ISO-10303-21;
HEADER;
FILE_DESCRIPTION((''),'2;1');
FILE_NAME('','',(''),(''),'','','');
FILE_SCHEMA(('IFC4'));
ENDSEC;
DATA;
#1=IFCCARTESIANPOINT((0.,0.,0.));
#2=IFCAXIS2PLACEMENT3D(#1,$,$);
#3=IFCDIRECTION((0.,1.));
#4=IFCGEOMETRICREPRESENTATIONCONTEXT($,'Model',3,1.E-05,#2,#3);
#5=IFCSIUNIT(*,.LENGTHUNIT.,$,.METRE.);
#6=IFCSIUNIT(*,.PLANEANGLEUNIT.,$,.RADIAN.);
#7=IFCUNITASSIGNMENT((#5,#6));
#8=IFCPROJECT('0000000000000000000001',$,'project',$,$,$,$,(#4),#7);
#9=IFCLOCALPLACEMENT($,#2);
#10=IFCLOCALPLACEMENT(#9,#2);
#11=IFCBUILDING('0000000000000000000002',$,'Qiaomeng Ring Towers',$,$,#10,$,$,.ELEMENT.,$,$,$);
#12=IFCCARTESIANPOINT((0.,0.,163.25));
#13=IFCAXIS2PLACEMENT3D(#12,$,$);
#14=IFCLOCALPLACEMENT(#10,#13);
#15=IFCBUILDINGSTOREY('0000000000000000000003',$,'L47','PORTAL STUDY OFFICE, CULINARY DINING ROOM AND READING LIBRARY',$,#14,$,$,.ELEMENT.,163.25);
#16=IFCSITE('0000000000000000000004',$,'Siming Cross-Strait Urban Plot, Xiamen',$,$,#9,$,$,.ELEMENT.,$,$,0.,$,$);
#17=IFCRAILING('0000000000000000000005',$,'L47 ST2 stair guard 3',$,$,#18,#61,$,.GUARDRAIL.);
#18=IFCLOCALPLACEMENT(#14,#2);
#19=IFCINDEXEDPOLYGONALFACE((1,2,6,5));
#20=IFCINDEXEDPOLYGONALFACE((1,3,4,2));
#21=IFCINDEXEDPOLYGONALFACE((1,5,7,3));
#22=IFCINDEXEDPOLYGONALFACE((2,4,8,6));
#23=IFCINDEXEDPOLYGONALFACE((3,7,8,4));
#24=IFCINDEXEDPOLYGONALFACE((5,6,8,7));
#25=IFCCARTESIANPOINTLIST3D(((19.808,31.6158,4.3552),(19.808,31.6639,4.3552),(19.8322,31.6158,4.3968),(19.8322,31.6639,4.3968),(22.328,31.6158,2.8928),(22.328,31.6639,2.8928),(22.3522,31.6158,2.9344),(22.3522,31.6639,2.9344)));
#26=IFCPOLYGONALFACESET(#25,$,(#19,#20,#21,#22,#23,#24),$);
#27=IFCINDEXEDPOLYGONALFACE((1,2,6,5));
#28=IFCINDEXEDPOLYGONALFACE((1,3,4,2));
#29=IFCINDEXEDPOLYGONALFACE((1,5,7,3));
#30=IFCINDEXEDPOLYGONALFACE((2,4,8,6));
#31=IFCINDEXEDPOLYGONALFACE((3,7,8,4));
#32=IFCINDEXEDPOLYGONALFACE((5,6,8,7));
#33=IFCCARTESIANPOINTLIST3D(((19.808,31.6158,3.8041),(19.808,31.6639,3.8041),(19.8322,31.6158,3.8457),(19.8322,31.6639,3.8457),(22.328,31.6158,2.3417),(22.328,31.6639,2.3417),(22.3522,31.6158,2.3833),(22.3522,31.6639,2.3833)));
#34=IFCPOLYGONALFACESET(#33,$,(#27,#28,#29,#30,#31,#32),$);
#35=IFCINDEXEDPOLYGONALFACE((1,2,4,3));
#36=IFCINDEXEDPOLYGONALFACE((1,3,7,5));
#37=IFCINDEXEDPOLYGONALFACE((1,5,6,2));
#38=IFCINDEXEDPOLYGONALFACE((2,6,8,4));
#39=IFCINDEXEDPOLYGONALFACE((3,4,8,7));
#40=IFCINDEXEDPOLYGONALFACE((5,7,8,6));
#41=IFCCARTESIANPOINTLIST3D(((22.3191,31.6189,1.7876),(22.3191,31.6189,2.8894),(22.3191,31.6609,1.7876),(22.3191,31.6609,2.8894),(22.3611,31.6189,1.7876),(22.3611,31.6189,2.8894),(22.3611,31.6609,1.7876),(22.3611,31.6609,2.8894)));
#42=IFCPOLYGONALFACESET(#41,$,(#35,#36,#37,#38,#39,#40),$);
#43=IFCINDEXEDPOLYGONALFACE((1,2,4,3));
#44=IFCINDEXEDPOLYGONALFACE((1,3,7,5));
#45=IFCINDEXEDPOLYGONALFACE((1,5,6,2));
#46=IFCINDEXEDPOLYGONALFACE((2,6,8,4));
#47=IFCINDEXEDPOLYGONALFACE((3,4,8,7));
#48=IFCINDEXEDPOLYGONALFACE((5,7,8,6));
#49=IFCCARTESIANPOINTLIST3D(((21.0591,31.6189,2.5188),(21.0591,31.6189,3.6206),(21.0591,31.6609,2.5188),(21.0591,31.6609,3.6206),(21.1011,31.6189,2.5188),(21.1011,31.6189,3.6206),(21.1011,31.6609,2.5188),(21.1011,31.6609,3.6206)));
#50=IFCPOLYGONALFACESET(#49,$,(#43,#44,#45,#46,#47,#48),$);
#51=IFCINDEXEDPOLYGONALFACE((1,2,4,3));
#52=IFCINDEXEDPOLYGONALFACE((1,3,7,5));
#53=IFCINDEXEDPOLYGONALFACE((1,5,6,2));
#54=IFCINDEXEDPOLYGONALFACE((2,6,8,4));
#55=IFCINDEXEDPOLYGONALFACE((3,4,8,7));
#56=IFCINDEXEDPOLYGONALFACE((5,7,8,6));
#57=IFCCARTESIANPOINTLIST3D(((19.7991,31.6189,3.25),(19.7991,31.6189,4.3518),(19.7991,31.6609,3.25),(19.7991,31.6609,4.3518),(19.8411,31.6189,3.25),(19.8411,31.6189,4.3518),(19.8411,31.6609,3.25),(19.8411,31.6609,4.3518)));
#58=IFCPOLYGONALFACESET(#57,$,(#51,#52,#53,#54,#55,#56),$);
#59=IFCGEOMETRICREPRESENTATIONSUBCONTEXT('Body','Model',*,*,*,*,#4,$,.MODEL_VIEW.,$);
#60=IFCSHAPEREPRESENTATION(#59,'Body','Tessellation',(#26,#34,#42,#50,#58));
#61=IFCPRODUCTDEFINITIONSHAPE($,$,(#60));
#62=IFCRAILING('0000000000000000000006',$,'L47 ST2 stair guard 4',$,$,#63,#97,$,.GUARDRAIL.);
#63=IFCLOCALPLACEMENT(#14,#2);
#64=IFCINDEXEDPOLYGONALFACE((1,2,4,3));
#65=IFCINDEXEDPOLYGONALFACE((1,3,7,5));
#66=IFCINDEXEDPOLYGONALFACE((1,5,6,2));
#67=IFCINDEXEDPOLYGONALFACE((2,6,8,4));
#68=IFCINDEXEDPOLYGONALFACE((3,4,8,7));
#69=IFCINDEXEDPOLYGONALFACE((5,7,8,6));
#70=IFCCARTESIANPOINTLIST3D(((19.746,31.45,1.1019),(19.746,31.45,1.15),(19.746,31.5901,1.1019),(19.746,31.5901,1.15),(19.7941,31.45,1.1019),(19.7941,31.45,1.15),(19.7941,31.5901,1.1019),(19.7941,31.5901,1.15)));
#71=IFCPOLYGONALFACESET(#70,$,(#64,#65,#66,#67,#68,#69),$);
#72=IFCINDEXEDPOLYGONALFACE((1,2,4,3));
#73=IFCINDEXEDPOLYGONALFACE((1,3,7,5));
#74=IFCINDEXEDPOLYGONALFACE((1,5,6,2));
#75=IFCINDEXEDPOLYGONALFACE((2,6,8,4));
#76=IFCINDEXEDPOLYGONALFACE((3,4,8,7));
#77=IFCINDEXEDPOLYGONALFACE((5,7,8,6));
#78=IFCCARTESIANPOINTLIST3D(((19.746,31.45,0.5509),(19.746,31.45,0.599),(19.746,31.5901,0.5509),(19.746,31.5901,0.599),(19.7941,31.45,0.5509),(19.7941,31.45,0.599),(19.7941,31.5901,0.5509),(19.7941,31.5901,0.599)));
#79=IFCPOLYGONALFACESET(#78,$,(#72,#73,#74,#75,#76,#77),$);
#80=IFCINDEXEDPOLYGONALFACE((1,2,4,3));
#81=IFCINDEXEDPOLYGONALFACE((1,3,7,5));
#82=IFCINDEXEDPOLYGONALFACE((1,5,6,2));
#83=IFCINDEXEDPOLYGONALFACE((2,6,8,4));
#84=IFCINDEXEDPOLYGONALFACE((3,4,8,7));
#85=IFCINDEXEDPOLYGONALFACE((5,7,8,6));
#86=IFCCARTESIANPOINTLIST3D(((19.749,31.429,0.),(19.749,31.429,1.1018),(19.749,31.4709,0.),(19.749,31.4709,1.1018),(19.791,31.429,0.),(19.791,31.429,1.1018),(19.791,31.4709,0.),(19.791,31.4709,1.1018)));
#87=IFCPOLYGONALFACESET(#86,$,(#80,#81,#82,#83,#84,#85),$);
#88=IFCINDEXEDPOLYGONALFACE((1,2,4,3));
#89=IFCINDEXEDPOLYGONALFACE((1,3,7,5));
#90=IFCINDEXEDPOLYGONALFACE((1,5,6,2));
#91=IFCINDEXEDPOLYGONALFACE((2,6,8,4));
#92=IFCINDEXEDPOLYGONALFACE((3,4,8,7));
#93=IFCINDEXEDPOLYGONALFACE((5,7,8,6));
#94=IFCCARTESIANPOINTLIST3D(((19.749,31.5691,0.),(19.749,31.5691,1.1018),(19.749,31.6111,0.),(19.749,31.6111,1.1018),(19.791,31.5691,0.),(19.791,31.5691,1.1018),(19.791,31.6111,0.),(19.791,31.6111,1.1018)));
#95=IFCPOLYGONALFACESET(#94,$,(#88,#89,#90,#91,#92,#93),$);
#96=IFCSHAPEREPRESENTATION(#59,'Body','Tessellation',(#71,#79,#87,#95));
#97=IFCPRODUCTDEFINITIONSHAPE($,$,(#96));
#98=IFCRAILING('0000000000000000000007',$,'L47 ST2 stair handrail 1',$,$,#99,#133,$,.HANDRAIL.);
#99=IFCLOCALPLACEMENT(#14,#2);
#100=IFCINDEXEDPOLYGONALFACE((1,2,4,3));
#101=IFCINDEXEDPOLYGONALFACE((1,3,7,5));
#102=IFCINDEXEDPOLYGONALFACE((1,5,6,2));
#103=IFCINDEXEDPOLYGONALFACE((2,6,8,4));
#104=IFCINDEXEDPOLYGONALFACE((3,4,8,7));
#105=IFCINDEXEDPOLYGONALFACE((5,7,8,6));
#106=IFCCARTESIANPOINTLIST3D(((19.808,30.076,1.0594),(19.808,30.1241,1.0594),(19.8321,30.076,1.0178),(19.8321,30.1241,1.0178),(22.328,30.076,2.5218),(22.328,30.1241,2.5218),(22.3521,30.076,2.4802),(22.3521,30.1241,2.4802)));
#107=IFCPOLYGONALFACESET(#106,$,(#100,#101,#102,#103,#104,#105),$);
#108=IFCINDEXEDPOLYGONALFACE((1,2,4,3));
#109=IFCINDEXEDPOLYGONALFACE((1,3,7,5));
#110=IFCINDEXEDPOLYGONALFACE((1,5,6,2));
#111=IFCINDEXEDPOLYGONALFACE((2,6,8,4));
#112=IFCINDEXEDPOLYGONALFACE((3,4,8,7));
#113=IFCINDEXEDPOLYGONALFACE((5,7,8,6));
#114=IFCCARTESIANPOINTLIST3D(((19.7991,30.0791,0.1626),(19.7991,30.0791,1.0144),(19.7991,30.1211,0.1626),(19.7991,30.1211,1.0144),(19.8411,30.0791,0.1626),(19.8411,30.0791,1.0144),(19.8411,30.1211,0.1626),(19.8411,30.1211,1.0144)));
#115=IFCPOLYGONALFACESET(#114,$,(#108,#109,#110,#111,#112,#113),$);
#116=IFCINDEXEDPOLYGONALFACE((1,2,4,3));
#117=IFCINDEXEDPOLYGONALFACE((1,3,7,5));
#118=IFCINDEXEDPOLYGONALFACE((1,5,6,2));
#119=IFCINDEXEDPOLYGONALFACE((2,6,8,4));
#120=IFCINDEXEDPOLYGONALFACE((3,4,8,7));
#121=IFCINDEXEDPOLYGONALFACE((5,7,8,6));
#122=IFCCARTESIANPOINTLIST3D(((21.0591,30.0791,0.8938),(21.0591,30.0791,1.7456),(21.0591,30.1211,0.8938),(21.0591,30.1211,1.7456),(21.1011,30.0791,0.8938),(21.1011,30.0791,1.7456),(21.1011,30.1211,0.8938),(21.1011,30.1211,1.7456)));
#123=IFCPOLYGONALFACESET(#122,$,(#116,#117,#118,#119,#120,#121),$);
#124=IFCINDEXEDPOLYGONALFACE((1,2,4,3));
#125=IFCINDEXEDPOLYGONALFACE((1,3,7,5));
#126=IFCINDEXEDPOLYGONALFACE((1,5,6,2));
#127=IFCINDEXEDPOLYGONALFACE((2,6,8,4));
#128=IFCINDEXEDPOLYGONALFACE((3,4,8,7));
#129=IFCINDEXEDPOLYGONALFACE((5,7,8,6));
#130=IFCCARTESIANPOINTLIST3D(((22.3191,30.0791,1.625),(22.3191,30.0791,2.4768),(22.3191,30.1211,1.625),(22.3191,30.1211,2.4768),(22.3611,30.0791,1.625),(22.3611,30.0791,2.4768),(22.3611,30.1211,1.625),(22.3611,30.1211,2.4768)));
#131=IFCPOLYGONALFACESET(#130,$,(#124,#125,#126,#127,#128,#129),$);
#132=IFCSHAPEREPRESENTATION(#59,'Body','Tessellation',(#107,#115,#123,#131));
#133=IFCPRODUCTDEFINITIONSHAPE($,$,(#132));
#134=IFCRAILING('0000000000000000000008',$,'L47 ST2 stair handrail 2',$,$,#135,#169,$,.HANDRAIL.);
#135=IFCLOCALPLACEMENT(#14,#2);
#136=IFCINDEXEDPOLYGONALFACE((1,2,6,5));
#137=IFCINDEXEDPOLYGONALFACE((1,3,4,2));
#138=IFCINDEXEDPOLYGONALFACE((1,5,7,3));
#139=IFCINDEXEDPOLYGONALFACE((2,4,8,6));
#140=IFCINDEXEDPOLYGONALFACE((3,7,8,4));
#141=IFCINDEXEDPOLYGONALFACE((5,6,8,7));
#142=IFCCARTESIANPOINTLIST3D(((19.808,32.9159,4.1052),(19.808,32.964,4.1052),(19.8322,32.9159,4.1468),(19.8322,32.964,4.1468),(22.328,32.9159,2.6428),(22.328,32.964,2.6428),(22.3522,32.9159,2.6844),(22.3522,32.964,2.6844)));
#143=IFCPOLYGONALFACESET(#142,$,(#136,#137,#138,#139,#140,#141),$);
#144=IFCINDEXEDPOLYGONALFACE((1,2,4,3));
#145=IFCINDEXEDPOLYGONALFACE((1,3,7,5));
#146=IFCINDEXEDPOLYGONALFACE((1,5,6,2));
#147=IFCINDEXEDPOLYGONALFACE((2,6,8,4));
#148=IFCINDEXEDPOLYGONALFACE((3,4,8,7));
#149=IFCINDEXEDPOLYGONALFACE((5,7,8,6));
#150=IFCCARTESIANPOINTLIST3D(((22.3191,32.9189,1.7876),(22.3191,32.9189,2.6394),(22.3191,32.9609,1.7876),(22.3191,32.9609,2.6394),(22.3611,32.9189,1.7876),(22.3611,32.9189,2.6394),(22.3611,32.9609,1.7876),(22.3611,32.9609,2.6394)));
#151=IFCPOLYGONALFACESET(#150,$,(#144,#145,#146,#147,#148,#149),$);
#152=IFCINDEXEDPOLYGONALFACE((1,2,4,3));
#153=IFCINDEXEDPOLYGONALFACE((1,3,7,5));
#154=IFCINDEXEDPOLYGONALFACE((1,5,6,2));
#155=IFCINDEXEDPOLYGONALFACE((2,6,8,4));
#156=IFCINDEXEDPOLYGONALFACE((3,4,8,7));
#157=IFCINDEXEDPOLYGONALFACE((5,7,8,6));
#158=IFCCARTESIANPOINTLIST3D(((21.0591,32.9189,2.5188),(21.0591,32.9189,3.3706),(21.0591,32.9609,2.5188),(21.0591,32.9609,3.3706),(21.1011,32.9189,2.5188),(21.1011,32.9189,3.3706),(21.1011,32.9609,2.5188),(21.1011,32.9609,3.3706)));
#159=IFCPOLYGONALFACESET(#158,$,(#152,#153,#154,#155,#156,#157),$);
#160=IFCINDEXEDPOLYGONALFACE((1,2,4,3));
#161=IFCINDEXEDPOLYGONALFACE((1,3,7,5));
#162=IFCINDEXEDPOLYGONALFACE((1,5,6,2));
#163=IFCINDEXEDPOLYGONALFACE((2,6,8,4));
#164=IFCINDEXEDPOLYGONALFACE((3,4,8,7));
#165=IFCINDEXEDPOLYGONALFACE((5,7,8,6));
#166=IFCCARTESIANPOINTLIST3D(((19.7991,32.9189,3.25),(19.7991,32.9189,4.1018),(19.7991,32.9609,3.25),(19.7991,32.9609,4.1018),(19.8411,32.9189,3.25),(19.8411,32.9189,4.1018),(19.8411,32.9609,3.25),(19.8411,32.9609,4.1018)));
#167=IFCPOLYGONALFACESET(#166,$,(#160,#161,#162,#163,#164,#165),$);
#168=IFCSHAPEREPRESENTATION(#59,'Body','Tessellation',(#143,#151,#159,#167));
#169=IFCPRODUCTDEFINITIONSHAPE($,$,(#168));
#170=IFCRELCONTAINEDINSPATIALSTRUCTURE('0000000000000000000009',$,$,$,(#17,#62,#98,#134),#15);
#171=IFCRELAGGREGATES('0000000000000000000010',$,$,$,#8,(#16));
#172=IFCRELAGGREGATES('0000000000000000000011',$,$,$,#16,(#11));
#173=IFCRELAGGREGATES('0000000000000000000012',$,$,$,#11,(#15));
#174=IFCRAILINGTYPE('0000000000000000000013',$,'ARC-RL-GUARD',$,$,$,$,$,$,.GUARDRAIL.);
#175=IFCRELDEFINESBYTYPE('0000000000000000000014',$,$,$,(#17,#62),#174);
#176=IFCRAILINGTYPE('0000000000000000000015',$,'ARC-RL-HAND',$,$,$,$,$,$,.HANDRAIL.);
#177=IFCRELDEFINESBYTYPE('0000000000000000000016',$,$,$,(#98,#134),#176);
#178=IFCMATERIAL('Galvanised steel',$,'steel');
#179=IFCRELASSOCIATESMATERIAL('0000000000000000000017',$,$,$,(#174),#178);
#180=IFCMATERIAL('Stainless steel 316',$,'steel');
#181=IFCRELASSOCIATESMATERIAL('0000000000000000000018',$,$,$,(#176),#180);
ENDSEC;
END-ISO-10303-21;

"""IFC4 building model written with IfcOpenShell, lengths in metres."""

from ifc_helpers import new_model, si_unit, direction, frame, origin, origin_2d, place, context, subcontext, project, spatial, rectangle, extrude, material, type_object, element, save


model = new_model("IFC4")

# Units and contexts
model_context = context("Model", 3, precision=1e-05, world=origin(), true_north=direction((0.0, 1.0)))
body_context = subcontext(model_context, "Body", "Model", "MODEL_VIEW")
ifc_project = project(units=[si_unit("LENGTHUNIT", "METRE"), si_unit("PLANEANGLEUNIT", "RADIAN")], contexts=[model_context])

# Site, building, storey
site_placement = place(None, origin())
site = spatial("IfcSite", under=ifc_project, at=site_placement, Name="Siming Cross-Strait Urban Plot, Xiamen", CompositionType="ELEMENT", RefElevation=0.0)
building_placement = place(site_placement, origin())
building = spatial("IfcBuilding", under=site, at=building_placement, Name="Qiaomeng Ring Towers", CompositionType="ELEMENT")
storey_placement = place(building_placement, frame((0.0, 0.0, 163.25)))
storey = spatial("IfcBuildingStorey", under=building, at=storey_placement, Name="L47", Description="PORTAL STUDY OFFICE, CULINARY DINING ROOM AND READING LIBRARY", CompositionType="ELEMENT", Elevation=163.25)

# Shared definitions
ifc_material_1 = material(Name="Galvanised steel", Category="steel")

# Shared definitions
ifc_material_2 = material(Name="Stainless steel 316", Category="steel")

# Railings
railing_type_1 = type_object("IfcRailingType", Name="ARC-RL-GUARD", PredefinedType="GUARDRAIL", material=ifc_material_1)
railing_1_placement = place(storey_placement, frame((22.3401, 31.6399, 1.7876)))
element("IfcRailing", 1, at=railing_1_placement, inside=storey, type_object=railing_type_1, Name="L47 ST2 stair guard 3", PredefinedType="GUARDRAIL", context=body_context, shape_type="SweptSolid", body=[
    extrude(rectangle(XDim=0.0481, YDim=0.0481, at=origin_2d()), frame((0.0, 0.0, 1.126), z_axis=(-0.864913, 0.0, 0.501921), x_axis=(0.0, -1.0, 0.0)), (0.0, 0.0, 1.0), 2.9136),
    extrude(rectangle(XDim=0.0481, YDim=0.0481, at=origin_2d()), frame((0.0, 0.0, 0.575), z_axis=(-0.864913, 0.0, 0.501921), x_axis=(0.0, -1.0, 0.0)), (0.0, 0.0, 1.0), 2.9136),
    extrude(rectangle(XDim=0.042, YDim=0.042, at=origin_2d()), origin(), (0.0, 0.0, 1.0), 1.1018),
    extrude(rectangle(XDim=0.042, YDim=0.042, at=origin_2d()), frame((-1.26, 0.0, 0.7312)), (0.0, 0.0, 1.0), 1.1018),
    extrude(rectangle(XDim=0.042, YDim=0.042, at=origin_2d()), frame((-2.52, 0.0, 1.4624)), (0.0, 0.0, 1.0), 1.1018),
])
railing_2_placement = place(storey_placement, frame((19.77, 31.45, 0.0)))
element("IfcRailing", 2, at=railing_2_placement, inside=storey, type_object=railing_type_1, Name="L47 ST2 stair guard 4", PredefinedType="GUARDRAIL", context=body_context, shape_type="SweptSolid", body=[
    extrude(rectangle(XDim=0.0481, YDim=0.0481, at=origin_2d()), frame((0.0, 0.0, 1.126), z_axis=(0.0, 1.0, 0.0), x_axis=(-1.0, 0.0, 0.0)), (0.0, 0.0, 1.0), 0.1401),
    extrude(rectangle(XDim=0.0481, YDim=0.0481, at=origin_2d()), frame((0.0, 0.0, 0.575), z_axis=(0.0, 1.0, 0.0), x_axis=(-1.0, 0.0, 0.0)), (0.0, 0.0, 1.0), 0.1401),
    extrude(rectangle(XDim=0.042, YDim=0.042, at=origin_2d()), origin(), (0.0, 0.0, 1.0), 1.1018),
    extrude(rectangle(XDim=0.042, YDim=0.042, at=origin_2d()), frame((0.0, 0.1401, 0.0)), (0.0, 0.0, 1.0), 1.1018),
])
railing_type_2 = type_object("IfcRailingType", Name="ARC-RL-HAND", PredefinedType="HANDRAIL", material=ifc_material_2)
railing_3_placement = place(storey_placement, frame((19.8201, 30.1001, 0.1626)))
element("IfcRailing", 3, at=railing_3_placement, inside=storey, type_object=railing_type_2, Name="L47 ST2 stair handrail 1", PredefinedType="HANDRAIL", context=body_context, shape_type="SweptSolid", body=[
    extrude(rectangle(XDim=0.0481, YDim=0.0481, at=origin_2d()), frame((0.0, 0.0, 0.876), z_axis=(0.864913, 0.0, 0.501921), x_axis=(0.0, 1.0, 0.0)), (0.0, 0.0, 1.0), 2.9136),
    extrude(rectangle(XDim=0.042, YDim=0.042, at=origin_2d()), origin(), (0.0, 0.0, 1.0), 0.8518),
    extrude(rectangle(XDim=0.042, YDim=0.042, at=origin_2d()), frame((1.26, 0.0, 0.7312)), (0.0, 0.0, 1.0), 0.8518),
    extrude(rectangle(XDim=0.042, YDim=0.042, at=origin_2d()), frame((2.52, 0.0, 1.4624)), (0.0, 0.0, 1.0), 0.8518),
])
railing_4_placement = place(storey_placement, frame((22.3401, 32.9399, 1.7876)))
element("IfcRailing", 4, at=railing_4_placement, inside=storey, type_object=railing_type_2, Name="L47 ST2 stair handrail 2", PredefinedType="HANDRAIL", context=body_context, shape_type="SweptSolid", body=[
    extrude(rectangle(XDim=0.0481, YDim=0.0481, at=origin_2d()), frame((0.0, 0.0, 0.876), z_axis=(-0.864913, 0.0, 0.501921), x_axis=(0.0, -1.0, 0.0)), (0.0, 0.0, 1.0), 2.9136),
    extrude(rectangle(XDim=0.042, YDim=0.042, at=origin_2d()), origin(), (0.0, 0.0, 1.0), 0.8518),
    extrude(rectangle(XDim=0.042, YDim=0.042, at=origin_2d()), frame((-1.26, 0.0, 0.7312)), (0.0, 0.0, 1.0), 0.8518),
    extrude(rectangle(XDim=0.042, YDim=0.042, at=origin_2d()), frame((-2.52, 0.0, 1.4624)), (0.0, 0.0, 1.0), 0.8518),
])

save(model, "model.ifc")
